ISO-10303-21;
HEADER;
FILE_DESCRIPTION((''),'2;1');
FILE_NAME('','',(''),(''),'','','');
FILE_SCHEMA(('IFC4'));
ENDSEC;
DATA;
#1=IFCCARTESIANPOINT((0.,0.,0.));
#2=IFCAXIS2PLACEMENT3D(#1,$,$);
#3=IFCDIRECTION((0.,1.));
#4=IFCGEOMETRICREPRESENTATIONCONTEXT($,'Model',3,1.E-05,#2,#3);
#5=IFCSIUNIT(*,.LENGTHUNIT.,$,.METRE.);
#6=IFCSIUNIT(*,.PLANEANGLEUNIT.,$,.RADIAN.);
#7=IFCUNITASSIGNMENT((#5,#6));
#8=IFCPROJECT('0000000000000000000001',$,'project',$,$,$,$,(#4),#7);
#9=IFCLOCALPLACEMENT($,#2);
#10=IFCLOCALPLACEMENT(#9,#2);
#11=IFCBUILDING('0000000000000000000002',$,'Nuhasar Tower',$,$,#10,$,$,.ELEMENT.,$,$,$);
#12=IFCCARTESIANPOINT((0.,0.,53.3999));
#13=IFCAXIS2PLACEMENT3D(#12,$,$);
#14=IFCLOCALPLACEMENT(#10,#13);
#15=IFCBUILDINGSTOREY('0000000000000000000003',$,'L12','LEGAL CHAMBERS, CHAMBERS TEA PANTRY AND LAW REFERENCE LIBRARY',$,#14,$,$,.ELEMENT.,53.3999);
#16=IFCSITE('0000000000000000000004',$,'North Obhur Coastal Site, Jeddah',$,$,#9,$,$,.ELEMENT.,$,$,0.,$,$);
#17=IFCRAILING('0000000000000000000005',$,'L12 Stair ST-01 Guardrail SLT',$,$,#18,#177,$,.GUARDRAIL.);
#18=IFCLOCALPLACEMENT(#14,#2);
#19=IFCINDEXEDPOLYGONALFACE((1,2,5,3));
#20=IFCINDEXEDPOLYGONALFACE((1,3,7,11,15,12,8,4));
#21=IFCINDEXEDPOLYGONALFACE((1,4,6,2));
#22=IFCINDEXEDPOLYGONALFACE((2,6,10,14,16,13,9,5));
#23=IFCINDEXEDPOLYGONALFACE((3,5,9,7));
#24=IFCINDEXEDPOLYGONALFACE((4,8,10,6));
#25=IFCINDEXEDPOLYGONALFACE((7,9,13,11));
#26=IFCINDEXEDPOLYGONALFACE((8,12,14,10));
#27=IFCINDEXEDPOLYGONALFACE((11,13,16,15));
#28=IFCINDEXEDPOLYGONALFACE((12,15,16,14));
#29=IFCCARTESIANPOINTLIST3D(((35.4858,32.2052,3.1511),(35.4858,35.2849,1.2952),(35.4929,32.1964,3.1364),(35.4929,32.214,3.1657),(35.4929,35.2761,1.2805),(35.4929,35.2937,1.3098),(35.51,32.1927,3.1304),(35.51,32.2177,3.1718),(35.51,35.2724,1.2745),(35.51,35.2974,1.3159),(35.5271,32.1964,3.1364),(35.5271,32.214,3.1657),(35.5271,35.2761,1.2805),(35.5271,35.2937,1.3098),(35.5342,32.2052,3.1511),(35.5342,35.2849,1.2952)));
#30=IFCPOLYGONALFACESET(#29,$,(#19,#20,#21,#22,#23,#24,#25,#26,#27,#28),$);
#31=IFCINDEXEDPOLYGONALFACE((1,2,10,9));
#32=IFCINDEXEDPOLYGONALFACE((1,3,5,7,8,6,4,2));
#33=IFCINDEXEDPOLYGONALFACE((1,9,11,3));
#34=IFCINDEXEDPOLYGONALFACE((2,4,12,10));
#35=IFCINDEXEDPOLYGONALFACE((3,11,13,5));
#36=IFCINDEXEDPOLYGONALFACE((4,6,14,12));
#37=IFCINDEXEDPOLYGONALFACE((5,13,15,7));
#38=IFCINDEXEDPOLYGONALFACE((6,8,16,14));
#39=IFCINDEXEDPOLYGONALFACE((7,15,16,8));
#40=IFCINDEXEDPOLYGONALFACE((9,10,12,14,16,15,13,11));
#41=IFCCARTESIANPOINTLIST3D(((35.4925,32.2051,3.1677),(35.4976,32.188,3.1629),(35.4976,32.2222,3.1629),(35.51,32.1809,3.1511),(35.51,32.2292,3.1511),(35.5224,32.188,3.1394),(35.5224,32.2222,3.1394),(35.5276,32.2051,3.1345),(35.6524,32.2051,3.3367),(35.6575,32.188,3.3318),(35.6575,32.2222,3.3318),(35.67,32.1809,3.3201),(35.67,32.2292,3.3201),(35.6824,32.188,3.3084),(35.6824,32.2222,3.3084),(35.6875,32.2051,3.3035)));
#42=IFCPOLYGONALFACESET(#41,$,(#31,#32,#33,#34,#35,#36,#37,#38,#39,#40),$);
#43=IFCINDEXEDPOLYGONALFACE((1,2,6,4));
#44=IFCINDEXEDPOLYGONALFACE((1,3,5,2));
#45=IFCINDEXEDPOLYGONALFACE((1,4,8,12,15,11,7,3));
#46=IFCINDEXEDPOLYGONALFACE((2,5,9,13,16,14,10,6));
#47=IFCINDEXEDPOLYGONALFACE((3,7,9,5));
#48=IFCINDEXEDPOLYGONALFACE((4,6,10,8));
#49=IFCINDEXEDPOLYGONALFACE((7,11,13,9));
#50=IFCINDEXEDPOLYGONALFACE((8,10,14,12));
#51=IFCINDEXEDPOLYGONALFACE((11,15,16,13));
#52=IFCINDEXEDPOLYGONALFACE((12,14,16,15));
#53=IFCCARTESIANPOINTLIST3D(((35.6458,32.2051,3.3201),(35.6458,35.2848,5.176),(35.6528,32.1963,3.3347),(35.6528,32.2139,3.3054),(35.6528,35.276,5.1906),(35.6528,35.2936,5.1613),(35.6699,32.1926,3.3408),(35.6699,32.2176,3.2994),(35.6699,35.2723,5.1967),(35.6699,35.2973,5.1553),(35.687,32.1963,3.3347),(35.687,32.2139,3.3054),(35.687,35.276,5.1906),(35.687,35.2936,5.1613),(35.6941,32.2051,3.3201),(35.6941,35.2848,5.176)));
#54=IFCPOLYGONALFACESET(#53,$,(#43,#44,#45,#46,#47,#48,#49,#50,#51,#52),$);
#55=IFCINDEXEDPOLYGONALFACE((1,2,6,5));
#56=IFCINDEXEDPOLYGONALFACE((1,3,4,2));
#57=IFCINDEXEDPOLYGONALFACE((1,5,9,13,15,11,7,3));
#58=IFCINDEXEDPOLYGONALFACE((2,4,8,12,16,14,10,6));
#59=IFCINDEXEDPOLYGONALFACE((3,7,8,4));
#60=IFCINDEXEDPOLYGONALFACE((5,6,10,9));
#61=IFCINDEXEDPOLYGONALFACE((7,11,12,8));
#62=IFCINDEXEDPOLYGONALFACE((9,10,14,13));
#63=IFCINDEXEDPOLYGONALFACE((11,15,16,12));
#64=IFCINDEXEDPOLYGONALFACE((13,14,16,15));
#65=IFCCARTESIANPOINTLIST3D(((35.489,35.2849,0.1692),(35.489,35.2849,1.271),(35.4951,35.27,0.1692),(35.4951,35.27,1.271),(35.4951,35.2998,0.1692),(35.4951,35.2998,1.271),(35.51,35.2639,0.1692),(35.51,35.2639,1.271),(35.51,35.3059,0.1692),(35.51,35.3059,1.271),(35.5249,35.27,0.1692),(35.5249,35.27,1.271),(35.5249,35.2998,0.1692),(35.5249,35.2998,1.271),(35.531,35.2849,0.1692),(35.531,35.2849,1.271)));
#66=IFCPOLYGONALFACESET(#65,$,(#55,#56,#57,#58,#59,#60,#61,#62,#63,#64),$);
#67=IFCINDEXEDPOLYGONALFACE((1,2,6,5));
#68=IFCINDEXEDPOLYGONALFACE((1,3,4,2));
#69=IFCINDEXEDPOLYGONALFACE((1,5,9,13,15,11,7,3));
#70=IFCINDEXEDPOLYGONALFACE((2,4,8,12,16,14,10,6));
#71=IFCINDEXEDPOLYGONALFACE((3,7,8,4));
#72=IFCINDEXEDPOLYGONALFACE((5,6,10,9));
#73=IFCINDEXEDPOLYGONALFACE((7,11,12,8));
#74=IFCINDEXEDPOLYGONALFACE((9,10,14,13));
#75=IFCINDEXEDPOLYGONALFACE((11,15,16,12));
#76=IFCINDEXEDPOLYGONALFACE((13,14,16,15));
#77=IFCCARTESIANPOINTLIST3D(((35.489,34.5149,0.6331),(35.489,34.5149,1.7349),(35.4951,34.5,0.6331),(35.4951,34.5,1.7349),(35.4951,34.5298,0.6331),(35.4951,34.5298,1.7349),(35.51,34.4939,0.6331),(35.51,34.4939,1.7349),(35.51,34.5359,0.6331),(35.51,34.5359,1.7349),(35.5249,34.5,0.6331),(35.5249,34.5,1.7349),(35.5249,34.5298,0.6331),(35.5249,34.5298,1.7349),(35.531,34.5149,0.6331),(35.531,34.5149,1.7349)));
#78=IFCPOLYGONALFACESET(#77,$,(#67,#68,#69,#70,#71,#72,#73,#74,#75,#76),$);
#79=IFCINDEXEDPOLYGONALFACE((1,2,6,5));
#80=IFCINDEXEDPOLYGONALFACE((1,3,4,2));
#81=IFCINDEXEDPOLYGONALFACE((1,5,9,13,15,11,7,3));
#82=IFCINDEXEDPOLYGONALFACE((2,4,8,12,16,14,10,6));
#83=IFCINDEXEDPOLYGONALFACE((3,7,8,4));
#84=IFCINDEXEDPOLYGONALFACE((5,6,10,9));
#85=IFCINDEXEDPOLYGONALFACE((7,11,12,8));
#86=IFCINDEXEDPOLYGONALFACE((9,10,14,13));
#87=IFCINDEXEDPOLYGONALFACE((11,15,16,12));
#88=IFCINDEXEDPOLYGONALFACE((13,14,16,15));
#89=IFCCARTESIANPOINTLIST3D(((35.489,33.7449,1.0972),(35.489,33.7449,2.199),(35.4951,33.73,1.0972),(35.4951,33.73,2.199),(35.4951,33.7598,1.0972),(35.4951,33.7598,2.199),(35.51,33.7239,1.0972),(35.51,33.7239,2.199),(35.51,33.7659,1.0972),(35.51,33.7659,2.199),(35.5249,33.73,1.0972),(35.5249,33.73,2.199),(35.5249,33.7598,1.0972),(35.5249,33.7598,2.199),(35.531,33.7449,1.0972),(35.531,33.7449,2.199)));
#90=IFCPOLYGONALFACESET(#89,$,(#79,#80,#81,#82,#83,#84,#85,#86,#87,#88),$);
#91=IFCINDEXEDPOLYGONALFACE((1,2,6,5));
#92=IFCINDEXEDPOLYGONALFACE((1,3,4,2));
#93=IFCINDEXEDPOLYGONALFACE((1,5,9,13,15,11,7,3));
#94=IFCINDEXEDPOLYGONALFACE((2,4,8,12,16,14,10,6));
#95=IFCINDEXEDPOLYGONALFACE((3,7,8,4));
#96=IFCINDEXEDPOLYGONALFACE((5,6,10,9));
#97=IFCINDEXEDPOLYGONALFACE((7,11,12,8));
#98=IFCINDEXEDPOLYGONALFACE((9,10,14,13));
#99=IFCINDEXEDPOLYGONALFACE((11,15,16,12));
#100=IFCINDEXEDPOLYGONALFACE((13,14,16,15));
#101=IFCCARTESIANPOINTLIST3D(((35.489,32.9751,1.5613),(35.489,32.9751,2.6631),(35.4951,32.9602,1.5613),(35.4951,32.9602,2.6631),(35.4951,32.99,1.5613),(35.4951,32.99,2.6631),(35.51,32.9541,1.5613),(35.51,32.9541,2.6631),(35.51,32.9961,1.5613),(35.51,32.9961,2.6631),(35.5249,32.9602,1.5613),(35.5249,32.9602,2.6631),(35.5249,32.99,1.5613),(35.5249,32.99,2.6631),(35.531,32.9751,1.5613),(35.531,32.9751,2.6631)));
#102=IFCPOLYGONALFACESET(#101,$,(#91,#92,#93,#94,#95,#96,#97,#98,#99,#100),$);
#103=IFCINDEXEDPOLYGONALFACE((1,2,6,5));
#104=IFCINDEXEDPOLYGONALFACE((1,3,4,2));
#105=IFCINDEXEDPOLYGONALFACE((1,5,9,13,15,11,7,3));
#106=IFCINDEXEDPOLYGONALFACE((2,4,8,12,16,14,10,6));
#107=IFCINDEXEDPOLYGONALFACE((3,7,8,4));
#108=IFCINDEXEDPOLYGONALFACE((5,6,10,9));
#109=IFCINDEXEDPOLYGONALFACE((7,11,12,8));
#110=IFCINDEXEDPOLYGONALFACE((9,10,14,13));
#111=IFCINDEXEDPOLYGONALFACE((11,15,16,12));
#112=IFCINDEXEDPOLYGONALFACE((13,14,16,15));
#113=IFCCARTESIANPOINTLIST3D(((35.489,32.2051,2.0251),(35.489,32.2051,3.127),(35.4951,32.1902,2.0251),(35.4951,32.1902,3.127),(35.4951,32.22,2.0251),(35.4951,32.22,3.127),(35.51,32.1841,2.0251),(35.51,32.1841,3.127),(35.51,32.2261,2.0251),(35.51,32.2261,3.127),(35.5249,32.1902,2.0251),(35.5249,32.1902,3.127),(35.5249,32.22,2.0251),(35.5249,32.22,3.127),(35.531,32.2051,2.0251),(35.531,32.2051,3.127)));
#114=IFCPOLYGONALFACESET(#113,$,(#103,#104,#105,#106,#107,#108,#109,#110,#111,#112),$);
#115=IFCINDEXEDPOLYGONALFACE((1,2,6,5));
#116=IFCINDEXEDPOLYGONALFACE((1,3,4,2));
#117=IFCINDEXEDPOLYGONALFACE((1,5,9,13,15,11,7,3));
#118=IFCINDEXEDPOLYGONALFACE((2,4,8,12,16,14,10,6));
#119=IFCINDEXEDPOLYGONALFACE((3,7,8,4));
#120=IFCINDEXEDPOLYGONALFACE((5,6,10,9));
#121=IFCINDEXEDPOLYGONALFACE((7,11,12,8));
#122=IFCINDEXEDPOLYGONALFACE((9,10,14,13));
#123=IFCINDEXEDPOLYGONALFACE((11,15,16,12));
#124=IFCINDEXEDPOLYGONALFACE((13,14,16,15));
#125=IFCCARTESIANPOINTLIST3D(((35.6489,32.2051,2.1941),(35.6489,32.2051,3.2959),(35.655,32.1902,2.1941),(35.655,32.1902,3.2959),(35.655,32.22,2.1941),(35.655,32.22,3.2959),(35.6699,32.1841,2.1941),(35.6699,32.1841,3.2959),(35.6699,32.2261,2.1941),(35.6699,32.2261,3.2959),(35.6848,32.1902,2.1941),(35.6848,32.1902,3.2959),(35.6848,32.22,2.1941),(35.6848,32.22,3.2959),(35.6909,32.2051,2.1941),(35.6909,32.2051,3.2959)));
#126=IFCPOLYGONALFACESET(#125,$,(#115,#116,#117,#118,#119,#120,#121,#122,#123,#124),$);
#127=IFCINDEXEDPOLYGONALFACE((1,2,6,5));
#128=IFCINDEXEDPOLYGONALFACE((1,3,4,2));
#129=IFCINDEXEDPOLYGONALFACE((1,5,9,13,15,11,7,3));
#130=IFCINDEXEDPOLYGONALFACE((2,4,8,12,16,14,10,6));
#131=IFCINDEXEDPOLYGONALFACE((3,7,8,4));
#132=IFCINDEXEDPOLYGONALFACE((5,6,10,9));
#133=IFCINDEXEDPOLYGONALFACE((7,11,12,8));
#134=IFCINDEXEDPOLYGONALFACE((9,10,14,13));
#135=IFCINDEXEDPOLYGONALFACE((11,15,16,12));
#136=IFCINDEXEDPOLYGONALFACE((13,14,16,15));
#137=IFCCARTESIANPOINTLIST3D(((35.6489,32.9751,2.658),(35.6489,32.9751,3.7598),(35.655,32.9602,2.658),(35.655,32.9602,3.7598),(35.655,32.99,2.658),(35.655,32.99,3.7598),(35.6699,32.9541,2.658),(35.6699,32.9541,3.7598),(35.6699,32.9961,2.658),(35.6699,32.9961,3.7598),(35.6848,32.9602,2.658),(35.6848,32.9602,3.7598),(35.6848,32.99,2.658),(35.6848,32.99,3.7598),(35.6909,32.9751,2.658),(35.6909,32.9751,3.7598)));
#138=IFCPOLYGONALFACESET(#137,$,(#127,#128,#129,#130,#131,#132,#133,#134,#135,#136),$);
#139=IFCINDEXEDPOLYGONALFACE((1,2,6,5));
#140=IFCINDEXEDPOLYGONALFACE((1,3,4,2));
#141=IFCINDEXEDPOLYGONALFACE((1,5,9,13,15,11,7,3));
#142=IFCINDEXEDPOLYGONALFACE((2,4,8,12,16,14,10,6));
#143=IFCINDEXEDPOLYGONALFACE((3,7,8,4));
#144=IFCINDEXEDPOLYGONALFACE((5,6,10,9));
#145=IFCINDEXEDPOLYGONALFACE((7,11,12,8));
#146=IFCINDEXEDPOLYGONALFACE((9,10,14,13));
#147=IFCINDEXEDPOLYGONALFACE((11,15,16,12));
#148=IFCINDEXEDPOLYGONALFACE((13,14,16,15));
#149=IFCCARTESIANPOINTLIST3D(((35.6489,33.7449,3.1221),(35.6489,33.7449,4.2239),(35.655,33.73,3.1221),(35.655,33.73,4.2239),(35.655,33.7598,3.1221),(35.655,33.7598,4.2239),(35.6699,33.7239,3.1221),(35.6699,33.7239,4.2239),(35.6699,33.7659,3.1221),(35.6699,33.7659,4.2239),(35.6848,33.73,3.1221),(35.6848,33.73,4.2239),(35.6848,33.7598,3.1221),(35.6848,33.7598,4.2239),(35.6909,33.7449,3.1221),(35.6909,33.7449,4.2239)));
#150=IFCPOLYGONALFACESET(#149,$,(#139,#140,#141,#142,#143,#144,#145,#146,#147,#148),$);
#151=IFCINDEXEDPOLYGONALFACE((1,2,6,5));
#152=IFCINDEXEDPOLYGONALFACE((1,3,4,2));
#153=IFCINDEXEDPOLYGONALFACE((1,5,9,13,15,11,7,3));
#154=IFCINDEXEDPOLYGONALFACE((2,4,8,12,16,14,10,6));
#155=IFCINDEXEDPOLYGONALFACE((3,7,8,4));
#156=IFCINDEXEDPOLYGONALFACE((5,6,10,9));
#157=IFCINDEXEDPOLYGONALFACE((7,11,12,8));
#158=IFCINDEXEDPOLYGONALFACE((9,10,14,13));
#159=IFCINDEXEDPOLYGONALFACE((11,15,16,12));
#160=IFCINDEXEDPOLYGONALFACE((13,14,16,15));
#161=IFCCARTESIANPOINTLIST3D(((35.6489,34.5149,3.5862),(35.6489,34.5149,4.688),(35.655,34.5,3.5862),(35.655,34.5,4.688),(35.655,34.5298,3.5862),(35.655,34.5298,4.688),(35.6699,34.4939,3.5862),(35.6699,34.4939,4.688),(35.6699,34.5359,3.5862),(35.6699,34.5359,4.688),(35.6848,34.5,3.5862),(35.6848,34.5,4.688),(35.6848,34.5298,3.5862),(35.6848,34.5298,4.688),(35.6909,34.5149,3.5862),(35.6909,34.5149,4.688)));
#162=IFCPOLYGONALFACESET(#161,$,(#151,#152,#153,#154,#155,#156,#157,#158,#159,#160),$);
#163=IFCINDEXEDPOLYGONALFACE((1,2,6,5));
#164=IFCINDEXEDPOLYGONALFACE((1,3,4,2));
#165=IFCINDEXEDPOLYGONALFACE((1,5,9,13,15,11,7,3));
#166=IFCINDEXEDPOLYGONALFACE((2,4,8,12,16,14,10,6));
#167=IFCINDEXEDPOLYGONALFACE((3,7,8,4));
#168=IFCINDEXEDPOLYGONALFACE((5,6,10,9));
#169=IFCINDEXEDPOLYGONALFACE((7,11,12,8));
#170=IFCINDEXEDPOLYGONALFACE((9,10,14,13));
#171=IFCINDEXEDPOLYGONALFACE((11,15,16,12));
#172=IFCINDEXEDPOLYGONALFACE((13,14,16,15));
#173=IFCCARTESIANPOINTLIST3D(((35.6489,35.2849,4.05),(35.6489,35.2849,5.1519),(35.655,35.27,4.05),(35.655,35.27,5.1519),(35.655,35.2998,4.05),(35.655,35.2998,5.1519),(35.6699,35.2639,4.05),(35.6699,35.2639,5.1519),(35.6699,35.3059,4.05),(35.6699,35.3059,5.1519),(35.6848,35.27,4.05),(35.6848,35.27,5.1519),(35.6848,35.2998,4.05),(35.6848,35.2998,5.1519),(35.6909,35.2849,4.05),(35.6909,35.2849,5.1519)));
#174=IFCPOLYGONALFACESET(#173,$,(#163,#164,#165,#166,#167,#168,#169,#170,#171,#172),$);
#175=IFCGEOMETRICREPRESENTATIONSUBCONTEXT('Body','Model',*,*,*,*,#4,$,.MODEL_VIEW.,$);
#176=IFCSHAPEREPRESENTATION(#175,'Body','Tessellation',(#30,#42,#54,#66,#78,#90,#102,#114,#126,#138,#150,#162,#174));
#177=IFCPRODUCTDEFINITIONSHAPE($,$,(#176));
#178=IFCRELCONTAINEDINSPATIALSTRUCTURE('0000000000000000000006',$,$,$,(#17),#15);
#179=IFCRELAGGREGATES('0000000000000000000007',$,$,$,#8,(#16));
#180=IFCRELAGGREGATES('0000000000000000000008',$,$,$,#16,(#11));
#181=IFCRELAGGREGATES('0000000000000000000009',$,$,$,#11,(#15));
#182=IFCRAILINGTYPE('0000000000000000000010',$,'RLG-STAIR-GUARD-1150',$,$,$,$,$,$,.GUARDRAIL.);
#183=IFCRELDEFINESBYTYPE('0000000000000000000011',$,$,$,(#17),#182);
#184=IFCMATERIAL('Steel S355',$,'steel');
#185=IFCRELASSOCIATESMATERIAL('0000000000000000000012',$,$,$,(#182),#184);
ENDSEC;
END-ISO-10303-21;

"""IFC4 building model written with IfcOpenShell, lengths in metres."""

from ifc_helpers import new_model, si_unit, direction, frame, origin, place, context, subcontext, project, spatial, polyline, outline, extrude, material, type_object, element, save


model = new_model("IFC4")

# Units and contexts
model_context = context("Model", 3, precision=1e-05, world=origin(), true_north=direction((0.0, 1.0)))
body_context = subcontext(model_context, "Body", "Model", "MODEL_VIEW")
ifc_project = project(units=[si_unit("LENGTHUNIT", "METRE"), si_unit("PLANEANGLEUNIT", "RADIAN")], contexts=[model_context])

# Site, building, storey
site_placement = place(None, origin())
site = spatial("IfcSite", under=ifc_project, at=site_placement, Name="North Obhur Coastal Site, Jeddah", CompositionType="ELEMENT", RefElevation=0.0)
building_placement = place(site_placement, origin())
building = spatial("IfcBuilding", under=site, at=building_placement, Name="Nuhasar Tower", CompositionType="ELEMENT")
storey_placement = place(building_placement, frame((0.0, 0.0, 53.3999)))
storey = spatial("IfcBuildingStorey", under=building, at=storey_placement, Name="L12", Description="LEGAL CHAMBERS, CHAMBERS TEA PANTRY AND LAW REFERENCE LIBRARY", CompositionType="ELEMENT", Elevation=53.3999)

# Shared definitions
ifc_material_1 = material(Name="Steel S355", Category="steel")

# Railing
railing_type_1 = type_object("IfcRailingType", Name="RLG-STAIR-GUARD-1150", PredefinedType="GUARDRAIL", material=ifc_material_1)
railing_1_placement = place(storey_placement, frame((35.51, 35.2849, 0.1692)))
element("IfcRailing", 1, at=railing_1_placement, inside=storey, type_object=railing_type_1, Name="L12 Stair ST-01 Guardrail SLT", PredefinedType="GUARDRAIL", context=body_context, shape_type="SweptSolid", body=[
    extrude(outline(polyline([(0.0242, 0.0), (0.0171, 0.0171), (0.0, 0.0242), (-0.0171, 0.0171), (-0.0242, 0.0), (-0.0171, -0.0171), (0.0, -0.0242), (0.0171, -0.0171), (0.0242, 0.0)])), frame((0.0, 0.0, 1.126), z_axis=(0.0, -0.856503, 0.516142), x_axis=(1.0, 0.0, 0.0)), (0.0, 0.0, 1.0), 3.5957),
    extrude(outline(polyline([(0.0242, 0.0), (0.0171, 0.0171), (0.0, 0.0242), (-0.0171, 0.0171), (-0.0242, 0.0), (-0.0171, -0.0171), (0.0, -0.0242), (0.0171, -0.0171), (0.0242, 0.0)])), frame((0.0, -3.0798, 2.9819), z_axis=(0.687424, 0.0, 0.726256), x_axis=(0.0, 1.0, 0.0)), (0.0, 0.0, 1.0), 0.2327),
    extrude(outline(polyline([(0.0242, 0.0), (0.0171, 0.0171), (0.0, 0.0242), (-0.0171, 0.0171), (-0.0242, 0.0), (-0.0171, -0.0171), (0.0, -0.0242), (0.0171, -0.0171), (0.0242, 0.0)])), frame((0.1599, -3.0798, 3.1509), z_axis=(0.0, 0.856503, 0.516142), x_axis=(-1.0, 0.0, 0.0)), (0.0, 0.0, 1.0), 3.5957),
    extrude(outline(polyline([(0.021, 0.0), (0.0149, 0.0149), (0.0, 0.021), (-0.0149, 0.0149), (-0.021, 0.0), (-0.0149, -0.0149), (0.0, -0.021), (0.0149, -0.0149), (0.021, 0.0)])), origin(), (0.0, 0.0, 1.0), 1.1018),
    extrude(outline(polyline([(0.021, 0.0), (0.0149, 0.0149), (0.0, 0.021), (-0.0149, 0.0149), (-0.021, 0.0), (-0.0149, -0.0149), (0.0, -0.021), (0.0149, -0.0149), (0.021, 0.0)])), frame((0.0, -0.77, 0.4639)), (0.0, 0.0, 1.0), 1.1018),
    extrude(outline(polyline([(0.021, 0.0), (0.0149, 0.0149), (0.0, 0.021), (-0.0149, 0.0149), (-0.021, 0.0), (-0.0149, -0.0149), (0.0, -0.021), (0.0149, -0.0149), (0.021, 0.0)])), frame((0.0, -1.54, 0.928)), (0.0, 0.0, 1.0), 1.1018),
    extrude(outline(polyline([(0.021, 0.0), (0.0149, 0.0149), (0.0, 0.021), (-0.0149, 0.0149), (-0.021, 0.0), (-0.0149, -0.0149), (0.0, -0.021), (0.0149, -0.0149), (0.021, 0.0)])), frame((0.0, -2.3098, 1.3921)), (0.0, 0.0, 1.0), 1.1018),
    extrude(outline(polyline([(0.021, 0.0), (0.0149, 0.0149), (0.0, 0.021), (-0.0149, 0.0149), (-0.021, 0.0), (-0.0149, -0.0149), (0.0, -0.021), (0.0149, -0.0149), (0.021, 0.0)])), frame((0.0, -3.0798, 1.856)), (0.0, 0.0, 1.0), 1.1018),
    extrude(outline(polyline([(0.021, 0.0), (0.0149, 0.0149), (0.0, 0.021), (-0.0149, 0.0149), (-0.021, 0.0), (-0.0149, -0.0149), (0.0, -0.021), (0.0149, -0.0149), (0.021, 0.0)])), frame((0.1599, -3.0798, 2.0249)), (0.0, 0.0, 1.0), 1.1018),
    extrude(outline(polyline([(0.021, 0.0), (0.0149, 0.0149), (0.0, 0.021), (-0.0149, 0.0149), (-0.021, 0.0), (-0.0149, -0.0149), (0.0, -0.021), (0.0149, -0.0149), (0.021, 0.0)])), frame((0.1599, -2.3098, 2.4888)), (0.0, 0.0, 1.0), 1.1018),
    extrude(outline(polyline([(0.021, 0.0), (0.0149, 0.0149), (0.0, 0.021), (-0.0149, 0.0149), (-0.021, 0.0), (-0.0149, -0.0149), (0.0, -0.021), (0.0149, -0.0149), (0.021, 0.0)])), frame((0.1599, -1.54, 2.9529)), (0.0, 0.0, 1.0), 1.1018),
    extrude(outline(polyline([(0.021, 0.0), (0.0149, 0.0149), (0.0, 0.021), (-0.0149, 0.0149), (-0.021, 0.0), (-0.0149, -0.0149), (0.0, -0.021), (0.0149, -0.0149), (0.021, 0.0)])), frame((0.1599, -0.77, 3.417)), (0.0, 0.0, 1.0), 1.1018),
    extrude(outline(polyline([(0.021, 0.0), (0.0149, 0.0149), (0.0, 0.021), (-0.0149, 0.0149), (-0.021, 0.0), (-0.0149, -0.0149), (0.0, -0.021), (0.0149, -0.0149), (0.021, 0.0)])), frame((0.1599, 0.0, 3.8809)), (0.0, 0.0, 1.0), 1.1018),
])

save(model, "model.ifc")
